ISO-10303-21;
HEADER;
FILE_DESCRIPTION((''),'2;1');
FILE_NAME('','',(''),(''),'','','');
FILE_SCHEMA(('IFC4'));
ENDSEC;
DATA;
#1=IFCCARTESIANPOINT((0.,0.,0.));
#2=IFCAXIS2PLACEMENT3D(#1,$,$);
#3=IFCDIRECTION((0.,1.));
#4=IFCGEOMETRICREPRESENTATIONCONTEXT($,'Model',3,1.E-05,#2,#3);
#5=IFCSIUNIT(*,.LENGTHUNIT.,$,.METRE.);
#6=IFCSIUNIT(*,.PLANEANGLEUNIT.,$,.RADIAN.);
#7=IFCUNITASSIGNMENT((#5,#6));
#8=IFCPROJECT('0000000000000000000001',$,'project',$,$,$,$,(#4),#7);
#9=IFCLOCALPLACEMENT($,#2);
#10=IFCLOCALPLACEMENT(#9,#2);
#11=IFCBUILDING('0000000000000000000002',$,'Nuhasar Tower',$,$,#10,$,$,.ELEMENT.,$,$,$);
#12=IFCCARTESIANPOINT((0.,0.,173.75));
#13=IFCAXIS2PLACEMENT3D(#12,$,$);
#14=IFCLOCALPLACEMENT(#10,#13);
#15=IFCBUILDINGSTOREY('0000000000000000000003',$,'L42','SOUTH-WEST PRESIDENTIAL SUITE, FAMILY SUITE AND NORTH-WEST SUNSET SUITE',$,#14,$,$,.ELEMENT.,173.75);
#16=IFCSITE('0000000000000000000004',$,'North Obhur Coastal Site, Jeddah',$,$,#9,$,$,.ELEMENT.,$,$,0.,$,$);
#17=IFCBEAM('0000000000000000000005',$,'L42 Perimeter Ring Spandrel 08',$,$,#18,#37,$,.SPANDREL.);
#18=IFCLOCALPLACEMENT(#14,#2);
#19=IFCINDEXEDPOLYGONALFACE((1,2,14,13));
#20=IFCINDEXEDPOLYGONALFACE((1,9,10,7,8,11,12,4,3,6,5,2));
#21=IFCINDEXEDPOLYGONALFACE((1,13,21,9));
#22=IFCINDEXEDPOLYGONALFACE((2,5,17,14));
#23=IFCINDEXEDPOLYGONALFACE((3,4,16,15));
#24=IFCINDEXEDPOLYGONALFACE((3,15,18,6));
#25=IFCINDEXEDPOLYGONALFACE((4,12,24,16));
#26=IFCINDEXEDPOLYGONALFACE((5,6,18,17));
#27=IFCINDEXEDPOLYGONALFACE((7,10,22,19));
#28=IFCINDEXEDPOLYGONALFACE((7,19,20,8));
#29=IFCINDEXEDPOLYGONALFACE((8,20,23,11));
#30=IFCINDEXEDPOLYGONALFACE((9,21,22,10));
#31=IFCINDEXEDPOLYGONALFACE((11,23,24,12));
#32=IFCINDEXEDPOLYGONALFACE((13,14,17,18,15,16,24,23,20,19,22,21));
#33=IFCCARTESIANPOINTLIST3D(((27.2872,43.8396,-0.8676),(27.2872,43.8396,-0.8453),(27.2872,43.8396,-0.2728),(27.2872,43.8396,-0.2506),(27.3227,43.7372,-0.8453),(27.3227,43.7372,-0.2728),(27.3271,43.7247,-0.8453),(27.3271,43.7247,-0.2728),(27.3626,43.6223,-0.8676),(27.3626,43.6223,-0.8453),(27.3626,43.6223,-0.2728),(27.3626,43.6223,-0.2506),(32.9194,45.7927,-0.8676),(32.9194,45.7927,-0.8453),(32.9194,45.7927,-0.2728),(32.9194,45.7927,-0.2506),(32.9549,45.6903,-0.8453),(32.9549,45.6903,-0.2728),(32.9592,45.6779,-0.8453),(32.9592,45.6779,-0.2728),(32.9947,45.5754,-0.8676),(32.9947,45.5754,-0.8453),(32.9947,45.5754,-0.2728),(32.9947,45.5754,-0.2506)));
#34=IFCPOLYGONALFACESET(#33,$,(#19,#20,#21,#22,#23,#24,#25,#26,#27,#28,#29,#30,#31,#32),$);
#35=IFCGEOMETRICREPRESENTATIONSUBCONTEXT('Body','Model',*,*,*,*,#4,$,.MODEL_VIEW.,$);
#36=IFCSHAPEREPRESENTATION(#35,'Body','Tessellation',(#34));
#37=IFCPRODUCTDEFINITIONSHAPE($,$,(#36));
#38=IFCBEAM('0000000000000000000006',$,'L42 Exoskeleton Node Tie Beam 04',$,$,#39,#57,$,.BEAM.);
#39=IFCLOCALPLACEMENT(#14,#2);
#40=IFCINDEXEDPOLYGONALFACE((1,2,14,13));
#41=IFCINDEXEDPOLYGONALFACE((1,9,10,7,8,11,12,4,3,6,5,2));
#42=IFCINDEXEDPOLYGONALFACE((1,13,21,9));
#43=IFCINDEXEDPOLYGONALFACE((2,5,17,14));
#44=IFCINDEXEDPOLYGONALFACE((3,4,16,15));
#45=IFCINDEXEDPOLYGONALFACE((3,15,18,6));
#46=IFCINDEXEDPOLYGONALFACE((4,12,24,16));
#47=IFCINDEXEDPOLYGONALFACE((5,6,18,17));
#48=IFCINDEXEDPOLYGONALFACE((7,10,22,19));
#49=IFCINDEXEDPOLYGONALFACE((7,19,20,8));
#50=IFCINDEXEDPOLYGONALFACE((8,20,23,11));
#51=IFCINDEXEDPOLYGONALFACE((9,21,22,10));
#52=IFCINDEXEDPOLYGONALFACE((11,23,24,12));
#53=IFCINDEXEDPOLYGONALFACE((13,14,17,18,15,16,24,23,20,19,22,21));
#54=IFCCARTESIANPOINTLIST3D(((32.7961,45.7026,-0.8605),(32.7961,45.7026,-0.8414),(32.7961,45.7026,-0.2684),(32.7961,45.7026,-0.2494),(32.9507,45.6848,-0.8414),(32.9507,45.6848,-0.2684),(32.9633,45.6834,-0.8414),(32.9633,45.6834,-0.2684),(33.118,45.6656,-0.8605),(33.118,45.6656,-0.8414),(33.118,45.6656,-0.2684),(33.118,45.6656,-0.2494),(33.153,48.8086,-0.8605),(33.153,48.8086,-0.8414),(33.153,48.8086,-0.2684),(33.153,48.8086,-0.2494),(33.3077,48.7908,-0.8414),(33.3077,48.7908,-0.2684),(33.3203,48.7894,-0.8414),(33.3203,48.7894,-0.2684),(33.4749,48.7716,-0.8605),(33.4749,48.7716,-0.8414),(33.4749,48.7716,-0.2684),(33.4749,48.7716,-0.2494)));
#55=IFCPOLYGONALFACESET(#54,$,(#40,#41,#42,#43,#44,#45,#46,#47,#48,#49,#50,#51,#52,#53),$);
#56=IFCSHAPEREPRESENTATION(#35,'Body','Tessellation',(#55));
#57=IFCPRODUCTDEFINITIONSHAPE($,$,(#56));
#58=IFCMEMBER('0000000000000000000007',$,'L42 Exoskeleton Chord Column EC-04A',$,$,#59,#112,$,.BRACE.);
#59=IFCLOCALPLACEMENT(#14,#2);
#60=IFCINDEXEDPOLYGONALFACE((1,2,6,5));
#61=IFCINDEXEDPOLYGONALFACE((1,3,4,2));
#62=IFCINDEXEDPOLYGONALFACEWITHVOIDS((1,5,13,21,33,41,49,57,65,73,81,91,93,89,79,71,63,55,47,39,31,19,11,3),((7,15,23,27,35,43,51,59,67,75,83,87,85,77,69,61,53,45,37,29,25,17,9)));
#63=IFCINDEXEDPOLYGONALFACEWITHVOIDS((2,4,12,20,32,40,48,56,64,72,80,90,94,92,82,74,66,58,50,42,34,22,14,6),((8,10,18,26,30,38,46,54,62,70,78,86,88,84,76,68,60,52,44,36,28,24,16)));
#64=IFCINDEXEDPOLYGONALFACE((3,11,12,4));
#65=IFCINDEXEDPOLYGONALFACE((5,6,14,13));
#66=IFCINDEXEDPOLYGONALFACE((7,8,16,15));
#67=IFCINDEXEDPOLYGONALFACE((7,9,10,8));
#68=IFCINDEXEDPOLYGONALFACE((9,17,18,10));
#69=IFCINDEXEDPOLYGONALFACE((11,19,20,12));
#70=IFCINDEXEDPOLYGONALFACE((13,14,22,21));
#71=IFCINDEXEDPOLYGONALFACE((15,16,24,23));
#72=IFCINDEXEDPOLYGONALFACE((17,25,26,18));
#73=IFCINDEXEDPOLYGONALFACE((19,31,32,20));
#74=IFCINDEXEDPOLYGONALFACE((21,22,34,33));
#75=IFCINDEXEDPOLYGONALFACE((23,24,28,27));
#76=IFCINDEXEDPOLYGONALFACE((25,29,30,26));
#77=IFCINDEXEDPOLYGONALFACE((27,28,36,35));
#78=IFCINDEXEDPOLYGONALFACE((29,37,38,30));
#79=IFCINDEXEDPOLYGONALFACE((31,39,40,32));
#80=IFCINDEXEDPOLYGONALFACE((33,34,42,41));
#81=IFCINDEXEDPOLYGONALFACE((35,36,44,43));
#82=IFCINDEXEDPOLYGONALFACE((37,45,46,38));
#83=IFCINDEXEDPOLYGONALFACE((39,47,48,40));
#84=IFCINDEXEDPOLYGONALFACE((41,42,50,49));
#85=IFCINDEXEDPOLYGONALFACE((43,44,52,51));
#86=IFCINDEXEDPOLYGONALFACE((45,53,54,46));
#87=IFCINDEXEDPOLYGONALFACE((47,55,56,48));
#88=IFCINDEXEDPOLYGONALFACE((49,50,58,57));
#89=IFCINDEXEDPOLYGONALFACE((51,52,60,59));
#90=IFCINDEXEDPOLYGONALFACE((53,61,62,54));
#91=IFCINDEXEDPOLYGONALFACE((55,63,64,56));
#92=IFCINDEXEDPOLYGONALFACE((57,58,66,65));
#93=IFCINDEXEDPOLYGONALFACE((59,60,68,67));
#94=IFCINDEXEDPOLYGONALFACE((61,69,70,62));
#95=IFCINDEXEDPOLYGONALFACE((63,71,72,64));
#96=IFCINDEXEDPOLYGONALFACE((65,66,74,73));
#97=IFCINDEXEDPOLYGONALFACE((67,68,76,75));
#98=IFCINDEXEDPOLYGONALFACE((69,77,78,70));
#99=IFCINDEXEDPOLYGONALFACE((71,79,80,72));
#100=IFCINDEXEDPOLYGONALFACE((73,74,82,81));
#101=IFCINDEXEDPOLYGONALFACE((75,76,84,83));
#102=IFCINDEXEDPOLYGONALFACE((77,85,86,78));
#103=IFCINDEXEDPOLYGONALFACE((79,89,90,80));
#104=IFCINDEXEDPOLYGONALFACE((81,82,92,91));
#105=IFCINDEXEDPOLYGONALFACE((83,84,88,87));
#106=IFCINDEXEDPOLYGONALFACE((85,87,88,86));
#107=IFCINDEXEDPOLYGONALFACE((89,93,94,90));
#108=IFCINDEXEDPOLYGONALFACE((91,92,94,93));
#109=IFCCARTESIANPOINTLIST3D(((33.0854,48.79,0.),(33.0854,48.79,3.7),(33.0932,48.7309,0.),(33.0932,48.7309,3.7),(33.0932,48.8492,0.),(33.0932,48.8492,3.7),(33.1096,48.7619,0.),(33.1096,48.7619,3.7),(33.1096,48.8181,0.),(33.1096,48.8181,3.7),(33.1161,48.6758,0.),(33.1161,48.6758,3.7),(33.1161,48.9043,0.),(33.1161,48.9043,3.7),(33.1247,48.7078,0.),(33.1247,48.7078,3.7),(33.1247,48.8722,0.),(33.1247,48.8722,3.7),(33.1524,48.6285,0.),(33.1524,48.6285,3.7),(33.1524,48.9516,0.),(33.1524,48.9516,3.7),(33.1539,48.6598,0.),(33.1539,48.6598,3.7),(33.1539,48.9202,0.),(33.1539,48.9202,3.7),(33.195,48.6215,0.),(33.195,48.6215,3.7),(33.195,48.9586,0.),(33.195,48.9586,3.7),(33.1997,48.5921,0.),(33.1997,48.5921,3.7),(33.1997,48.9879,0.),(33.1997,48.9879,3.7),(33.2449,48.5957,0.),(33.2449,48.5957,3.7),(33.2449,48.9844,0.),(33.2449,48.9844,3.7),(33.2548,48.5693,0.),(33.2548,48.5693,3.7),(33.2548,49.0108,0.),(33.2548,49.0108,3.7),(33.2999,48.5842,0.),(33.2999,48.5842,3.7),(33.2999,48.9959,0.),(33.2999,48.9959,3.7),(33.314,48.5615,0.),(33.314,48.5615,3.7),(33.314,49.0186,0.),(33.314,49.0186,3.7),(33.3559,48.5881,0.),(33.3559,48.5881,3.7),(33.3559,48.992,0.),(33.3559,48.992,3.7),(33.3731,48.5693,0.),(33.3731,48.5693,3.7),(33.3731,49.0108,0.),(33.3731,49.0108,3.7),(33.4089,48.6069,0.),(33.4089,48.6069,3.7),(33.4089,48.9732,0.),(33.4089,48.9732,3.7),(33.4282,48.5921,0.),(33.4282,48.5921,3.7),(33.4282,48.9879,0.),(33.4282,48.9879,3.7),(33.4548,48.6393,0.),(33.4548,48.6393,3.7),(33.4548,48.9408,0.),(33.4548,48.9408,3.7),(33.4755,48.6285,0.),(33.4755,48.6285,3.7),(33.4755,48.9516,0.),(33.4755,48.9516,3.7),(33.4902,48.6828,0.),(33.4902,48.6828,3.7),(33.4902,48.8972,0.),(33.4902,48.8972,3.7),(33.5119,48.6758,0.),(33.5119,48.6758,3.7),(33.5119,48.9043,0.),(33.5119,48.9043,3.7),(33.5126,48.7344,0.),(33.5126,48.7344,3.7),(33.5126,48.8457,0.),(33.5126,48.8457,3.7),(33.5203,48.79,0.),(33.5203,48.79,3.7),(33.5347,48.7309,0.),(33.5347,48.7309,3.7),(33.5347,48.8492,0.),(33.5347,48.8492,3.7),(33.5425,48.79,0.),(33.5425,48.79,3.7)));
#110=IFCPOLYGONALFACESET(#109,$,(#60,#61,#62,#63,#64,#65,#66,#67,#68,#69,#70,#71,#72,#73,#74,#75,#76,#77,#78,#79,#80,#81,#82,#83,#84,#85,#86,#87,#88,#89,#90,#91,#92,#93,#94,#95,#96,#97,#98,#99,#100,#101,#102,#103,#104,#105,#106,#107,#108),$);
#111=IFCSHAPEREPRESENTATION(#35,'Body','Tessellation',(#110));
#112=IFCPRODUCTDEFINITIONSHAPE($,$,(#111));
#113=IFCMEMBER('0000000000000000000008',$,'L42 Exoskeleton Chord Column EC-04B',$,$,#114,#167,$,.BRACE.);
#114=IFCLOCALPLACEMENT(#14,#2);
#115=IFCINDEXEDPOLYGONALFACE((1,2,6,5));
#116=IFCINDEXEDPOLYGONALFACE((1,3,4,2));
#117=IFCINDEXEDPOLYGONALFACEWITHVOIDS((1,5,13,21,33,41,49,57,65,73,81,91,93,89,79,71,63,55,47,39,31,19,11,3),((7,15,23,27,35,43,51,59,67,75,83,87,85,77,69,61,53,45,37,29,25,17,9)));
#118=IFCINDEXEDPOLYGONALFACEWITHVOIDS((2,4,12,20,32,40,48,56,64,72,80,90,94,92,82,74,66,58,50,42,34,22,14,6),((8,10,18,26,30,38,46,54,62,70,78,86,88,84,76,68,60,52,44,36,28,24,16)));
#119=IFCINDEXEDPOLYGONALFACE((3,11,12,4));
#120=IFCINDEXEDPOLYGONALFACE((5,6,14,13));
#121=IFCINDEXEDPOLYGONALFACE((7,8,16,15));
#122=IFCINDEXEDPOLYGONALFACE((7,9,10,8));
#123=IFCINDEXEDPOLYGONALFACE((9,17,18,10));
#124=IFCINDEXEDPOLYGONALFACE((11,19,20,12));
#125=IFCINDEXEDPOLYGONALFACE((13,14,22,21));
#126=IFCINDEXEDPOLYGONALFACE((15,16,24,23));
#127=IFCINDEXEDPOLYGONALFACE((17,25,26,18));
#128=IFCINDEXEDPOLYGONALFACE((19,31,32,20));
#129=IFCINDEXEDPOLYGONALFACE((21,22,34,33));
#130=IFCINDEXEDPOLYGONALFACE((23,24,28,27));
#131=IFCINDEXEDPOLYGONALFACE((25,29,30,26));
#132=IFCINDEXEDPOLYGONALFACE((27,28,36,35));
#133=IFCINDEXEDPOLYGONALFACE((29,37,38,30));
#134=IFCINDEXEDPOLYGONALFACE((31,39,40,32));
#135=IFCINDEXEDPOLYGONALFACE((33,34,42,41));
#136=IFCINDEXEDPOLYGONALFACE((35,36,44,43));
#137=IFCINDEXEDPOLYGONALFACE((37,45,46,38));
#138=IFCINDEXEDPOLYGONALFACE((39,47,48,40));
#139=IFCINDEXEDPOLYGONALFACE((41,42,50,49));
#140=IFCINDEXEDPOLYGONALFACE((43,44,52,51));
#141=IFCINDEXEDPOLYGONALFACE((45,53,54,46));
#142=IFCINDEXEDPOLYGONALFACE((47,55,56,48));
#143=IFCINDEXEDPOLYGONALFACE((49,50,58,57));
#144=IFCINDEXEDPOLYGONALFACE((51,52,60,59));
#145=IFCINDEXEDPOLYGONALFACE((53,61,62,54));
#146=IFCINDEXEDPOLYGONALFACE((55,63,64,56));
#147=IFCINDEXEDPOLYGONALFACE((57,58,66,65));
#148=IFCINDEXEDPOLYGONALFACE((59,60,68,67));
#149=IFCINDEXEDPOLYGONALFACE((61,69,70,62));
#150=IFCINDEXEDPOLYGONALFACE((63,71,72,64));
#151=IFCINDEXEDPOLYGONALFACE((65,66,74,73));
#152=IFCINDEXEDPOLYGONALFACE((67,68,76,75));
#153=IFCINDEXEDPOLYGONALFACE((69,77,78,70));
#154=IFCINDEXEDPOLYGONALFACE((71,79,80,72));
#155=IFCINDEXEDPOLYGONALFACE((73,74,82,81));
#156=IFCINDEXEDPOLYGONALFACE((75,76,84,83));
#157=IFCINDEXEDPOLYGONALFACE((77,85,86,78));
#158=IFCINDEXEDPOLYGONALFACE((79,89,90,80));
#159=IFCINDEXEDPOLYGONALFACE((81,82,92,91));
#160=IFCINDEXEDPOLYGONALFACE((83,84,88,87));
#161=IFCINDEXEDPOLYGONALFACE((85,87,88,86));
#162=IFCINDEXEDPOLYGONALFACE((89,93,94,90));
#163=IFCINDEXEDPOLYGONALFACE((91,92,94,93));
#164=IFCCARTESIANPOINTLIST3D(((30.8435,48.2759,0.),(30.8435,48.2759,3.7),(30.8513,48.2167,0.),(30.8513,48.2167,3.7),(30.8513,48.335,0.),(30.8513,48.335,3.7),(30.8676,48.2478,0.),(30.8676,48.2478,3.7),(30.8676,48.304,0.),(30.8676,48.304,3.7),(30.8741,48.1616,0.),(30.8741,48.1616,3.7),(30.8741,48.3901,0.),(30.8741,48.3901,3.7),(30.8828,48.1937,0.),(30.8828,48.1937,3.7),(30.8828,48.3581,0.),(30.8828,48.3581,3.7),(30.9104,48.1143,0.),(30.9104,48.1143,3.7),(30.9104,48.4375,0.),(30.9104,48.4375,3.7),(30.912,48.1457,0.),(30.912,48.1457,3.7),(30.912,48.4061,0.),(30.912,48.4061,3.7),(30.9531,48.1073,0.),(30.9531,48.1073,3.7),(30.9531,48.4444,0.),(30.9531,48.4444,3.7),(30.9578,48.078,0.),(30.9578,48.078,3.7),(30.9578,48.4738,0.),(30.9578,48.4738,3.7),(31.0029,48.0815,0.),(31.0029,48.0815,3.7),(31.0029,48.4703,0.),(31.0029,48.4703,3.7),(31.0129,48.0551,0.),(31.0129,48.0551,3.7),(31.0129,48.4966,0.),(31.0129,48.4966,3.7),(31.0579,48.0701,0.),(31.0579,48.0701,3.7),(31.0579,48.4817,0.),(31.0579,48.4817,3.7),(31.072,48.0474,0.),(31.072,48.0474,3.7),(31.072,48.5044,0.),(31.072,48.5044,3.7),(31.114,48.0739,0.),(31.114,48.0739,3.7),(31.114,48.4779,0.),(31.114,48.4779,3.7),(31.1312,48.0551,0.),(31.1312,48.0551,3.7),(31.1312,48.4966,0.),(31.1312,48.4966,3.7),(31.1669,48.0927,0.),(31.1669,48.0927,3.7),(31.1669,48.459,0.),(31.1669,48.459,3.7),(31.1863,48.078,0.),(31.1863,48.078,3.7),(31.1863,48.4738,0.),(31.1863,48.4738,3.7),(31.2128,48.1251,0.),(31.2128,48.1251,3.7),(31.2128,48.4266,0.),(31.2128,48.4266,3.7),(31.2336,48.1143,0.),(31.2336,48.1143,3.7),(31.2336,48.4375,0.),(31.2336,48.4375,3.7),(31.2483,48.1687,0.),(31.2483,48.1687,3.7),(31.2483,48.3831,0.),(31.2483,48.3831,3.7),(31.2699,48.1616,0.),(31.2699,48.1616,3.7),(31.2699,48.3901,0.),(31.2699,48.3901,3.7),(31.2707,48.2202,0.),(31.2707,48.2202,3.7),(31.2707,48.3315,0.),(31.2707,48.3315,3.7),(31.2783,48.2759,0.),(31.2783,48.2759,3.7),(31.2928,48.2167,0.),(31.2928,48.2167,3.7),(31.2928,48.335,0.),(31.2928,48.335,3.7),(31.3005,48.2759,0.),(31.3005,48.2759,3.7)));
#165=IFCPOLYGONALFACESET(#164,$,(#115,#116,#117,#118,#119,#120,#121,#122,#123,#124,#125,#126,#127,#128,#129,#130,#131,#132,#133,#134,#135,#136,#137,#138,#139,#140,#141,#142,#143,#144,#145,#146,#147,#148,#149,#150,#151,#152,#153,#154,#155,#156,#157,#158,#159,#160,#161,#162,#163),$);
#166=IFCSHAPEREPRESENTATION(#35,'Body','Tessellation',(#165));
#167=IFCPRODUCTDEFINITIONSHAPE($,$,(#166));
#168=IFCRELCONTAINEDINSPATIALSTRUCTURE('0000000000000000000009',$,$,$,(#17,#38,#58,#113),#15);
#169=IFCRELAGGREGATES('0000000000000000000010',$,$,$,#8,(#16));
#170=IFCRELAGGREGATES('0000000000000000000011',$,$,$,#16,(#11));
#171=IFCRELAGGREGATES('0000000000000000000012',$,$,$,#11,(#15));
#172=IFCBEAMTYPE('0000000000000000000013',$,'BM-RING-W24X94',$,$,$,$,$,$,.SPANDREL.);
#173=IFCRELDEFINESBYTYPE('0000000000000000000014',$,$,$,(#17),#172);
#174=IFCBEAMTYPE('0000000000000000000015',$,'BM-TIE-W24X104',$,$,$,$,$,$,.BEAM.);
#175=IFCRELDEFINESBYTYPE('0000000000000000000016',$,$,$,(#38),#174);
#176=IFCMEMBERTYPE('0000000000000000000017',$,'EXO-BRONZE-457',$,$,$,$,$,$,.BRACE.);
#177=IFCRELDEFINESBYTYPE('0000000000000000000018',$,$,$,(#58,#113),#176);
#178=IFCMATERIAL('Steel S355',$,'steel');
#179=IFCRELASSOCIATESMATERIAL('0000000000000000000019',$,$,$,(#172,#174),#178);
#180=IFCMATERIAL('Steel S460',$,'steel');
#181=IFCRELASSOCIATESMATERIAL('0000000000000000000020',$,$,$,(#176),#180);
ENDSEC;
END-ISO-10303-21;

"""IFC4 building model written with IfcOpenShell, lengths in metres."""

from ifc_helpers import new_model, si_unit, direction, frame, origin, origin_2d, place, context, subcontext, project, spatial, hollow_circle, i_section, extrude, material, material_profile, profile_set, type_object, element, save


model = new_model("IFC4")

# Units and contexts
model_context = context("Model", 3, precision=1e-05, world=origin(), true_north=direction((0.0, 1.0)))
body_context = subcontext(model_context, "Body", "Model", "MODEL_VIEW")
ifc_project = project(units=[si_unit("LENGTHUNIT", "METRE"), si_unit("PLANEANGLEUNIT", "RADIAN")], contexts=[model_context])

# Site, building, storey
site_placement = place(None, origin())
site = spatial("IfcSite", under=ifc_project, at=site_placement, Name="North Obhur Coastal Site, Jeddah", CompositionType="ELEMENT", RefElevation=0.0)
building_placement = place(site_placement, origin())
building = spatial("IfcBuilding", under=site, at=building_placement, Name="Nuhasar Tower", CompositionType="ELEMENT")
storey_placement = place(building_placement, frame((0.0, 0.0, 173.75)))
storey = spatial("IfcBuildingStorey", under=building, at=storey_placement, Name="L42", Description="SOUTH-WEST PRESIDENTIAL SUITE, FAMILY SUITE AND NORTH-WEST SUNSET SUITE", CompositionType="ELEMENT", Elevation=173.75)

# Beams
ifc_material_1 = material(Name="Steel S355", Category="steel")
ifc_material_profile_1 = material_profile(ifc_material_1, i_section(OverallWidth=0.23, OverallDepth=0.6169, WebThickness=0.0132, FlangeThickness=0.0222, at=origin_2d()), Name="W24X94")
ifc_profile_set_1 = profile_set([ifc_material_profile_1], Name="Steel S355")
beam_type_1 = type_object("IfcBeamType", Name="BM-RING-W24X94", PredefinedType="SPANDREL", material=ifc_profile_set_1)
beam_1_placement = place(storey_placement, frame((32.957, 45.6841, -0.5591), z_axis=(-0.944801, -0.327644, 0.0), x_axis=(0.327644, -0.944801, 0.0)))
element("IfcBeam", 1, at=beam_1_placement, inside=storey, type_object=beam_type_1, Name="L42 Perimeter Ring Spandrel 08", PredefinedType="SPANDREL", context=body_context, shape_type="SweptSolid", body=[
    extrude(i_section(OverallWidth=0.23, OverallDepth=0.6169, WebThickness=0.0132, FlangeThickness=0.0222, at=origin_2d()), origin(), (0.0, 0.0, 1.0), 5.9612),
])
ifc_material_profile_2 = material_profile(ifc_material_1, i_section(OverallWidth=0.324, OverallDepth=0.6111, WebThickness=0.0127, FlangeThickness=0.019, at=origin_2d()), Name="W24X104")
ifc_profile_set_2 = profile_set([ifc_material_profile_2], Name="Steel S355")
beam_type_2 = type_object("IfcBeamType", Name="BM-TIE-W24X104", PredefinedType="BEAM", material=ifc_profile_set_2)
beam_2_placement = place(storey_placement, frame((32.957, 45.6841, -0.5549), z_axis=(0.114168, 0.993461, 0.0), x_axis=(-0.993461, 0.114168, 0.0)))
element("IfcBeam", 2, at=beam_2_placement, inside=storey, type_object=beam_type_2, Name="L42 Exoskeleton Node Tie Beam 04", PredefinedType="BEAM", context=body_context, shape_type="SweptSolid", body=[
    extrude(i_section(OverallWidth=0.324, OverallDepth=0.6111, WebThickness=0.0127, FlangeThickness=0.019, at=origin_2d()), origin(), (0.0, 0.0, 1.0), 3.1265),
])

# Members
ifc_material_2 = material(Name="Steel S460", Category="steel")
ifc_material_profile_3 = material_profile(ifc_material_2, hollow_circle(Radius=0.2285, WallThickness=0.0222, at=origin_2d()), Name="HSS457X22.2")
ifc_profile_set_3 = profile_set([ifc_material_profile_3], Name="Steel S460")
member_type = type_object("IfcMemberType", Name="EXO-BRONZE-457", PredefinedType="BRACE", material=ifc_profile_set_3)
for number, where, z_axis, x_axis, name in (
    (3, (33.314, 48.79, 0.0), (0.0, 0.0, 1.0), (1.0, 0.0, 0.0), "L42 Exoskeleton Chord Column EC-04A"),
    (4, (31.072, 48.2759, 0.0), (0.0, 0.0, 1.0), (1.0, 0.0, 0.0), "L42 Exoskeleton Chord Column EC-04B"),
):
    element("IfcMember", number, at=place(storey_placement, frame(where, z_axis=z_axis, x_axis=x_axis)), inside=storey, type_object=member_type, Name=name, PredefinedType="BRACE", context=body_context, shape_type="SweptSolid", body=[
        extrude(hollow_circle(Radius=0.2285, WallThickness=0.0222, at=origin_2d()), origin(), (0.0, 0.0, 1.0), 3.7),
    ])

save(model, "model.ifc")
